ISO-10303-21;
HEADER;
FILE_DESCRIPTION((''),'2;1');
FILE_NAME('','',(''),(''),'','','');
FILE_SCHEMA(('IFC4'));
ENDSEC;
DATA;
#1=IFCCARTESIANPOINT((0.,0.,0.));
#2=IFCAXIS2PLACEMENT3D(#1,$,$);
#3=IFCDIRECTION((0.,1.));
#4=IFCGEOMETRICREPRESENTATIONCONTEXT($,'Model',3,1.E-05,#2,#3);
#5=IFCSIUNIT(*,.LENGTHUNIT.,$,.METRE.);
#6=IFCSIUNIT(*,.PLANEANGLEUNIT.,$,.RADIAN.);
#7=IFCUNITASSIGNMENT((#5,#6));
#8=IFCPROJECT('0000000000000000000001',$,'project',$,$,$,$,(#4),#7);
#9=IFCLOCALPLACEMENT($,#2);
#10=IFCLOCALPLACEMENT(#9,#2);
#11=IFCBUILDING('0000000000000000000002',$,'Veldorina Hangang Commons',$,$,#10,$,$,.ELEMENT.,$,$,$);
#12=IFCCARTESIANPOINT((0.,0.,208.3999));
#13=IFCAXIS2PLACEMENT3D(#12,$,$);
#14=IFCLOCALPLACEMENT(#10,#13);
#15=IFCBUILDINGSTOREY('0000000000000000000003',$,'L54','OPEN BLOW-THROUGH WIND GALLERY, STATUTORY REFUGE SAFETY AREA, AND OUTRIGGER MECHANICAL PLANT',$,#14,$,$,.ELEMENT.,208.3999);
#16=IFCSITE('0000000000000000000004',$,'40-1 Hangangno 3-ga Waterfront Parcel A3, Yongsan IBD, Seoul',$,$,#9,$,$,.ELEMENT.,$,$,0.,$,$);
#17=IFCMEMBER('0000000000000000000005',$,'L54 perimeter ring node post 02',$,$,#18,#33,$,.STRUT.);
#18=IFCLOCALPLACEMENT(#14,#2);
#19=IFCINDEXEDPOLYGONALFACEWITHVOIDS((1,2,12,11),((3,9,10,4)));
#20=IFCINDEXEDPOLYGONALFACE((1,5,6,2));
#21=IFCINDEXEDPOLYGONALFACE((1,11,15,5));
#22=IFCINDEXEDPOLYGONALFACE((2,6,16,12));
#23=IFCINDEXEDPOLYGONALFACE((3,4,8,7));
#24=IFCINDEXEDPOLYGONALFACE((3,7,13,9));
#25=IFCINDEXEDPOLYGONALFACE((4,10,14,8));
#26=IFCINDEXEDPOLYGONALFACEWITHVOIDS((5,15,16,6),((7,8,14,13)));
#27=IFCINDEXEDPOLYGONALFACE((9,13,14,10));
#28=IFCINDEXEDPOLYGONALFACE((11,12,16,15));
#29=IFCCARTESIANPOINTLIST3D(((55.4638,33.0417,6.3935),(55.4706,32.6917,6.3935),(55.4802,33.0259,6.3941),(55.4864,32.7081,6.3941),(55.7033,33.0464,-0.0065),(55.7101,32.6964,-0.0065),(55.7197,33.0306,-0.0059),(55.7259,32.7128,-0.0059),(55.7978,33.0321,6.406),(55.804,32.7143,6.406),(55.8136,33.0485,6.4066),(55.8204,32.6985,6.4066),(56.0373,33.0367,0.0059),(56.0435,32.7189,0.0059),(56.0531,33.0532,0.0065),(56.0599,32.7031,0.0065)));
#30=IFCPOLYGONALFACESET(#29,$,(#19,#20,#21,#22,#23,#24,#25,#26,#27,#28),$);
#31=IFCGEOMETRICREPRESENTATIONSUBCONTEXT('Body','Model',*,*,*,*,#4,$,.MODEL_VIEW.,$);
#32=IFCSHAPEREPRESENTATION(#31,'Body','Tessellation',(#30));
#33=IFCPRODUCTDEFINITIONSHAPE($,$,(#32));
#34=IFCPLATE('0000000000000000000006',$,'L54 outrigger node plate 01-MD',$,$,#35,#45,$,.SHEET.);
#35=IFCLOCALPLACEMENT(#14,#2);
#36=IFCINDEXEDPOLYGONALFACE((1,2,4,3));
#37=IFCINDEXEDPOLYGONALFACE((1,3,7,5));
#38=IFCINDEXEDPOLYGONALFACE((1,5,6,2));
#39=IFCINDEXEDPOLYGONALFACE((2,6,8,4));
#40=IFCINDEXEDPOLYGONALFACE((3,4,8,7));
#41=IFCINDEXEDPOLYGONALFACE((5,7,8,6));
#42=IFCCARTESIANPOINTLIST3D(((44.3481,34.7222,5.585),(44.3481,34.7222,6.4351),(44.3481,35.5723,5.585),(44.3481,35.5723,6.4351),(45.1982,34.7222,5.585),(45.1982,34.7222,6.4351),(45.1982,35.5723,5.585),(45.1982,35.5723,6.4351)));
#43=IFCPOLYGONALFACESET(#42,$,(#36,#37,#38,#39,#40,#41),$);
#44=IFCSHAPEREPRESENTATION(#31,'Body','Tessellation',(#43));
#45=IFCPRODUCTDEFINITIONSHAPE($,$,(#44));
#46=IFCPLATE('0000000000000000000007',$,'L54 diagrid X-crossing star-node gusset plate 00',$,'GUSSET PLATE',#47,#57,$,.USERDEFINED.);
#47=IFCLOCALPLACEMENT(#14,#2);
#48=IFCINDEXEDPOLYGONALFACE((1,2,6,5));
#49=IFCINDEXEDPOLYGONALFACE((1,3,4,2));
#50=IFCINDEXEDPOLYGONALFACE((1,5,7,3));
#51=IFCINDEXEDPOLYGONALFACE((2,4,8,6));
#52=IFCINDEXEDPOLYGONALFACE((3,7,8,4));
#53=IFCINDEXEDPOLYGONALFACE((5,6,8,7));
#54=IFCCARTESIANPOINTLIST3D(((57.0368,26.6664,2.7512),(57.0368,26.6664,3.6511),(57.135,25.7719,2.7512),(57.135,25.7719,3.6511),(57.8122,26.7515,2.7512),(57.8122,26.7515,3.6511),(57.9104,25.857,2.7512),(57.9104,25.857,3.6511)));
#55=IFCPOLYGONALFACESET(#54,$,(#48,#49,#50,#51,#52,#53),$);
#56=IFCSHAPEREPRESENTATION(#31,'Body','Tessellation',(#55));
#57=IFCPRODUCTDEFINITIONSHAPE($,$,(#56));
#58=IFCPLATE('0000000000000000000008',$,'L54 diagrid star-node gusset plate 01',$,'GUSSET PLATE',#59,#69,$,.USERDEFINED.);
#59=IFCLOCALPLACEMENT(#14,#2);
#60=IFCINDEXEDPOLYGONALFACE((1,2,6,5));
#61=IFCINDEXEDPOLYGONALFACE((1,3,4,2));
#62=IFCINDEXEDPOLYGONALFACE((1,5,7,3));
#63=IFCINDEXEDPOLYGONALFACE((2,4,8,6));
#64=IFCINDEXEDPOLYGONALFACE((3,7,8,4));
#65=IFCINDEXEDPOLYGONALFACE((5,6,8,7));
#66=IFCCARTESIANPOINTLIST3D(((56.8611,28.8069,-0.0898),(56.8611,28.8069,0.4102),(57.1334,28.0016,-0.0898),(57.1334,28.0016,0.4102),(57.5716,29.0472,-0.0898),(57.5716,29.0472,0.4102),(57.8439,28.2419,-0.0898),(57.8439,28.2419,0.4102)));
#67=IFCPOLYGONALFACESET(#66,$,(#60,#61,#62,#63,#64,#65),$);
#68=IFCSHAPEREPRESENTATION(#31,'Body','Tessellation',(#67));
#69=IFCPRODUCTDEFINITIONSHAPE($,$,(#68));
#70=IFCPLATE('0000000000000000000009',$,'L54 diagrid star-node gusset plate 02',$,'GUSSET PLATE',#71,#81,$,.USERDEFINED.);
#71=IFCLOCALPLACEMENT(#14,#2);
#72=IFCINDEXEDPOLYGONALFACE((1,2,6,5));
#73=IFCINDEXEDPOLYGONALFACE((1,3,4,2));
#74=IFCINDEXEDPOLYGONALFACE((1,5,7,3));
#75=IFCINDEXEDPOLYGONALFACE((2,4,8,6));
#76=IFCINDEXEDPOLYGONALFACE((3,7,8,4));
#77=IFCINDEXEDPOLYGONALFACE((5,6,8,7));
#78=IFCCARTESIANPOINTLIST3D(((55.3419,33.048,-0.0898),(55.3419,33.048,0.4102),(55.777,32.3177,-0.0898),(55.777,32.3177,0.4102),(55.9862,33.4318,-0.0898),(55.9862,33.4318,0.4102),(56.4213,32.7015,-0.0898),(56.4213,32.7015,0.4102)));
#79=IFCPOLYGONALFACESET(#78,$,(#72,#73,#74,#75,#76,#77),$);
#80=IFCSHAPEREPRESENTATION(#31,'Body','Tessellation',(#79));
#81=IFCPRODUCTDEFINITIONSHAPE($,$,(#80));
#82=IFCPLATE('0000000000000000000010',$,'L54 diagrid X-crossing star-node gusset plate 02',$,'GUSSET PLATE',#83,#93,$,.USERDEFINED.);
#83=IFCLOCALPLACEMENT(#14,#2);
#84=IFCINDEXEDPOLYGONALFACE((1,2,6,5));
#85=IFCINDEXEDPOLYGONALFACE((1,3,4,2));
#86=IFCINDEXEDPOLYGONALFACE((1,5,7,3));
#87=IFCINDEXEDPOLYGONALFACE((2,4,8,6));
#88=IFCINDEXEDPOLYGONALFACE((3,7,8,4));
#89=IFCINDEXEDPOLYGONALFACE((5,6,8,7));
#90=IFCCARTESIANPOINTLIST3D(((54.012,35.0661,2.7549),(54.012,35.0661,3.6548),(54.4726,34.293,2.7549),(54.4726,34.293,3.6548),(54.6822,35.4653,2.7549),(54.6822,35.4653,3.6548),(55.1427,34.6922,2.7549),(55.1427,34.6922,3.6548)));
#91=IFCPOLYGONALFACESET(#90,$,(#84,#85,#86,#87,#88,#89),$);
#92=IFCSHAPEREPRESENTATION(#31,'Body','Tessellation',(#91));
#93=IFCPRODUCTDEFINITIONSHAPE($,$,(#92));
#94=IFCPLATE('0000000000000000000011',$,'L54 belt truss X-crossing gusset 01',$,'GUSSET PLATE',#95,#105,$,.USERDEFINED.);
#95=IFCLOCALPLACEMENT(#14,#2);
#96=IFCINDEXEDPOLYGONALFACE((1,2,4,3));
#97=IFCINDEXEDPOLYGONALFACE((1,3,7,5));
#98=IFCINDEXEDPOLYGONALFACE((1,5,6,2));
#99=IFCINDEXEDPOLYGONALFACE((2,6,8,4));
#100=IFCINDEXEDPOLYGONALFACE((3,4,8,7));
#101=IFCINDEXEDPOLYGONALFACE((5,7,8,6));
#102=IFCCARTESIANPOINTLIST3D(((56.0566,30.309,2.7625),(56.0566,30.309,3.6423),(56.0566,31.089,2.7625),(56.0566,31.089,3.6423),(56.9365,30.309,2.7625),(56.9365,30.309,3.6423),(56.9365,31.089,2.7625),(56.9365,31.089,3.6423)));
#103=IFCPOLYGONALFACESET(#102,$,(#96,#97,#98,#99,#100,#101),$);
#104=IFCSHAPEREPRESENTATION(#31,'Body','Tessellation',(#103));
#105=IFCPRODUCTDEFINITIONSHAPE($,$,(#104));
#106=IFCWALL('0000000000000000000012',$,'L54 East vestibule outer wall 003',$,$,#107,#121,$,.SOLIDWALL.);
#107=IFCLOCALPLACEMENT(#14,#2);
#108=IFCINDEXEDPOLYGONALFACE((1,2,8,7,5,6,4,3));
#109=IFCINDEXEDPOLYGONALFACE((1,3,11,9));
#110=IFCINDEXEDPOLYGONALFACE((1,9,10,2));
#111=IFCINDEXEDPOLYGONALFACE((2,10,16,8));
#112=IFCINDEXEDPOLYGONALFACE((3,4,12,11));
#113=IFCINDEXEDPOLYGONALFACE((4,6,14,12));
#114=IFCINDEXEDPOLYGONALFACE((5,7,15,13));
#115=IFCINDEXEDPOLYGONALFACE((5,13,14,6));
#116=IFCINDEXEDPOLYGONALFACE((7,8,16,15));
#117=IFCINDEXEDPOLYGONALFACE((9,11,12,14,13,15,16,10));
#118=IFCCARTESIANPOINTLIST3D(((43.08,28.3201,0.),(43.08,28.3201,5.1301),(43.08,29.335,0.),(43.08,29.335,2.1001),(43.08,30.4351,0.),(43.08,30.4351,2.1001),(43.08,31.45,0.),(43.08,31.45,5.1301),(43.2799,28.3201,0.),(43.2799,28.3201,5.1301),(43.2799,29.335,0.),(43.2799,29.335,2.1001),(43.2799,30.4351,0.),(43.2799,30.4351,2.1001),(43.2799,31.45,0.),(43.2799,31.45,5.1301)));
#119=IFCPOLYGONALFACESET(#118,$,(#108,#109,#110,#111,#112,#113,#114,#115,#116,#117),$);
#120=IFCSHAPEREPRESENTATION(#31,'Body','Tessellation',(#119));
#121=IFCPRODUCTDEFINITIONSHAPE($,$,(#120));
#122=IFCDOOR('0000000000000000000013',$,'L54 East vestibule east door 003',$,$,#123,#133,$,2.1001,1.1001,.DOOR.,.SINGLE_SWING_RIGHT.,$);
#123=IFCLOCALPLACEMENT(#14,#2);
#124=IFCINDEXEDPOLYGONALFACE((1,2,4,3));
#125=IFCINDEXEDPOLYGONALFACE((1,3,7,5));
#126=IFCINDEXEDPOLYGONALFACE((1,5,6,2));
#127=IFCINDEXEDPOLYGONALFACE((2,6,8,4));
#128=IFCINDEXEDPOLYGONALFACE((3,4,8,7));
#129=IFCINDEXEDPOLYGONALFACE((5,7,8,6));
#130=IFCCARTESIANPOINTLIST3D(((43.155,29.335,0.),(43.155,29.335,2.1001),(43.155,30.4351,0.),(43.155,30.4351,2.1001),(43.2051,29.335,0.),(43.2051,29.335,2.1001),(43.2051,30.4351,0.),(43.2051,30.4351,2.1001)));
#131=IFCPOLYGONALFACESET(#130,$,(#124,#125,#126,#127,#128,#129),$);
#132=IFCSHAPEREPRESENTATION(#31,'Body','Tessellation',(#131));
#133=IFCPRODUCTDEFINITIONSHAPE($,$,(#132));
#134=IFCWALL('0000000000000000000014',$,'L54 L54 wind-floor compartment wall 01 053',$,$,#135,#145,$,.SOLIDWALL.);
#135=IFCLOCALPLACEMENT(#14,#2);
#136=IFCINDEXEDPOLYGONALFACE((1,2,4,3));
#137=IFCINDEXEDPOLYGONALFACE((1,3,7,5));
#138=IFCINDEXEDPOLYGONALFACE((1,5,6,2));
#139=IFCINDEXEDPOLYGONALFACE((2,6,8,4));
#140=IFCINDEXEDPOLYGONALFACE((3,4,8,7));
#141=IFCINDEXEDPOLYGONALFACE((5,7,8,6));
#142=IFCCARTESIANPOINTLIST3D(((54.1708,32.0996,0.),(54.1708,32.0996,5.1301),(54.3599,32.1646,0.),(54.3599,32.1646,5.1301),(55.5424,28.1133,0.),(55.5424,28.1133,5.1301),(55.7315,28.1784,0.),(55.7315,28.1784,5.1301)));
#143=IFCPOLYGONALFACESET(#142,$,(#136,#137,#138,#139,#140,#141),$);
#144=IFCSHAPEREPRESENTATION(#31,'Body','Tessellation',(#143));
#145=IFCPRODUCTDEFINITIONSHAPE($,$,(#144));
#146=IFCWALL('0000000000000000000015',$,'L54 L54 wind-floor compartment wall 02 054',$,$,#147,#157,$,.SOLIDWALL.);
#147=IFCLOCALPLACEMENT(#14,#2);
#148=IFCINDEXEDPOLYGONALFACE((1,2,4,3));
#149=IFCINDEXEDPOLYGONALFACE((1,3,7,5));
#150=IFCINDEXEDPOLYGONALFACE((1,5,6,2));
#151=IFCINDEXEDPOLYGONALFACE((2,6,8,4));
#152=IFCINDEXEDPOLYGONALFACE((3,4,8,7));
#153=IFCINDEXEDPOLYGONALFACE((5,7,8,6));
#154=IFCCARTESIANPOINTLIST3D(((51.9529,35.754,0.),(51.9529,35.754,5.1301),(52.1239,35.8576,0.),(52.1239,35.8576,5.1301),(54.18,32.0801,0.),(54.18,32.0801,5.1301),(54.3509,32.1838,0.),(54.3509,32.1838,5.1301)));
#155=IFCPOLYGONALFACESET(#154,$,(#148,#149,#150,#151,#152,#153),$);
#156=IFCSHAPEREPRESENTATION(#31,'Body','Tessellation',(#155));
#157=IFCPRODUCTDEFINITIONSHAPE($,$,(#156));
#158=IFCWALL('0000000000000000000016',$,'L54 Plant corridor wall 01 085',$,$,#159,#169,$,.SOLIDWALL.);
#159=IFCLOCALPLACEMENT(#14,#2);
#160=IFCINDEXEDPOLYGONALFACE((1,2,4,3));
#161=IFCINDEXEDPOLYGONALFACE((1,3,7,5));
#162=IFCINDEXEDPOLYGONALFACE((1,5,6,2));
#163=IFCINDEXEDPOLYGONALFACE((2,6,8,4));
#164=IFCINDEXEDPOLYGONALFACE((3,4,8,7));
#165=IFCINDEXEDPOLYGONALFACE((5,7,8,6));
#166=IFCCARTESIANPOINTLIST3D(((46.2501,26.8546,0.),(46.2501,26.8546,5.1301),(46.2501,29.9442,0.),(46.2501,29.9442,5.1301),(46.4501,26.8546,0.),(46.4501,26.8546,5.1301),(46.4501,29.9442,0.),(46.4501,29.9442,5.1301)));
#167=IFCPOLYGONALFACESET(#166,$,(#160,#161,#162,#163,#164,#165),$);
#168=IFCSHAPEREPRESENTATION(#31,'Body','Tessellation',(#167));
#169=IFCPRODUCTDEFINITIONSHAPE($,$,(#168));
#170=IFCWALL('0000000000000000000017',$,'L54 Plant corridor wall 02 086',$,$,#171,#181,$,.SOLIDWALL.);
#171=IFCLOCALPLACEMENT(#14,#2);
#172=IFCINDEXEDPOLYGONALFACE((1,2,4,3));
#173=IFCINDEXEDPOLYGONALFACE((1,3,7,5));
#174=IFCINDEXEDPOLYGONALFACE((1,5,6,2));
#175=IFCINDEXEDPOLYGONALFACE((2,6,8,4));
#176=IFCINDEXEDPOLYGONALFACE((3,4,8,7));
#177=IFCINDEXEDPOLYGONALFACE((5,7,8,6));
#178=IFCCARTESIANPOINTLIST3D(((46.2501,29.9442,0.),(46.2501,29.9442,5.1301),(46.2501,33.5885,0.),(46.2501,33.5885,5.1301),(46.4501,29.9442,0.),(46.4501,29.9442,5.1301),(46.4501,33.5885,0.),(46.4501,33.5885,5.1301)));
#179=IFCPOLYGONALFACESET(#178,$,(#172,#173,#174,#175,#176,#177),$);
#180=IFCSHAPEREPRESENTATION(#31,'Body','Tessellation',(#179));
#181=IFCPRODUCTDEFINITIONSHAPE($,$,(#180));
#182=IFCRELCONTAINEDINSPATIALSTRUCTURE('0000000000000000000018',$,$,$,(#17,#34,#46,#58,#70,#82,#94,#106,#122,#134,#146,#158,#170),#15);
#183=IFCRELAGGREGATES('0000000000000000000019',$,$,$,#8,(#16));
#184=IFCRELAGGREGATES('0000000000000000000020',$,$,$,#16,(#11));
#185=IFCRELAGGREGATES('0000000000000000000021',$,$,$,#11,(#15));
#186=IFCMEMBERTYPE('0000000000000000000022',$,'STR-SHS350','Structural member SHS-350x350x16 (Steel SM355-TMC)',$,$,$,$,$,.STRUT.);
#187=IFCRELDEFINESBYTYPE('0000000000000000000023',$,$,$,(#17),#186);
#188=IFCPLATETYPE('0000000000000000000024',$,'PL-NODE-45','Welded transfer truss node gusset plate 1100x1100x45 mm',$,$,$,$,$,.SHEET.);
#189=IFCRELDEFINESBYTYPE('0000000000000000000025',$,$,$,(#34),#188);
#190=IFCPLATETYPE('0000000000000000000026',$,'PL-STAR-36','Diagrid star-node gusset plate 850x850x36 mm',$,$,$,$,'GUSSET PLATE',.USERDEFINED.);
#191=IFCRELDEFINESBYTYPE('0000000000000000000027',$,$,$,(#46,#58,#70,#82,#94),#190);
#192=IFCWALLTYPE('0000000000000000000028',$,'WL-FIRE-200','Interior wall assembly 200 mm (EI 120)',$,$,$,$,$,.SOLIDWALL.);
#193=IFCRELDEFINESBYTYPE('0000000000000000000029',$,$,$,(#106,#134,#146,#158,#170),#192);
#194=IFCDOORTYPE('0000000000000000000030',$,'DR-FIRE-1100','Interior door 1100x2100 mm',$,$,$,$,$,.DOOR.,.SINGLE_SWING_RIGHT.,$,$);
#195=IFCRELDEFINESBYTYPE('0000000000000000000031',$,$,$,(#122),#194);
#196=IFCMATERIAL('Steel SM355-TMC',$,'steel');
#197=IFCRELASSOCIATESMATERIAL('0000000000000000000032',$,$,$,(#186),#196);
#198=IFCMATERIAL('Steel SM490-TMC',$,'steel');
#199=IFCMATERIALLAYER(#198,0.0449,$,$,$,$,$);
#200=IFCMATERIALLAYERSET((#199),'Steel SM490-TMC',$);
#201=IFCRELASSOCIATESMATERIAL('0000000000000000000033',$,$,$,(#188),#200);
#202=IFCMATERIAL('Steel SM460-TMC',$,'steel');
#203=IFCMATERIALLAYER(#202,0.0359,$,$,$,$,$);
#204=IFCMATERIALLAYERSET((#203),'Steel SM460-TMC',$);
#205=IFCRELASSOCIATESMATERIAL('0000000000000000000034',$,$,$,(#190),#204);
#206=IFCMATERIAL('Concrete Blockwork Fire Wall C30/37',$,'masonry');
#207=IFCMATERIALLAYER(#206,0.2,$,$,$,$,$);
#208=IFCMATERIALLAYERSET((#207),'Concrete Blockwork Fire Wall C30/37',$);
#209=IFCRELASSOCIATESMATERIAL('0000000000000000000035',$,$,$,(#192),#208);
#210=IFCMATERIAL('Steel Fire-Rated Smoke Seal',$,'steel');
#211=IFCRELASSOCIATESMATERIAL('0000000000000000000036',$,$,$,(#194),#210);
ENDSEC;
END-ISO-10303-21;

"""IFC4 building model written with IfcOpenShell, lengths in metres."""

from ifc_helpers import new_model, si_unit, direction, frame, frame_2d, origin, origin_2d, place, context, subcontext, project, spatial, rectangle, hollow_rectangle, extrude, material, layer, layer_set, material_profile, profile_set, type_object, element, fill, save


model = new_model("IFC4")

# Units and contexts
model_context = context("Model", 3, precision=1e-05, world=origin(), true_north=direction((0.0, 1.0)))
body_context = subcontext(model_context, "Body", "Model", "MODEL_VIEW")
ifc_project = project(units=[si_unit("LENGTHUNIT", "METRE"), si_unit("PLANEANGLEUNIT", "RADIAN")], contexts=[model_context])

# Site, building, storey
site_placement = place(None, origin())
site = spatial("IfcSite", under=ifc_project, at=site_placement, Name="40-1 Hangangno 3-ga Waterfront Parcel A3, Yongsan IBD, Seoul", CompositionType="ELEMENT", RefElevation=0.0)
building_placement = place(site_placement, origin())
building = spatial("IfcBuilding", under=site, at=building_placement, Name="Veldorina Hangang Commons", CompositionType="ELEMENT")
storey_placement = place(building_placement, frame((0.0, 0.0, 208.3999)))
storey = spatial("IfcBuildingStorey", under=building, at=storey_placement, Name="L54", Description="OPEN BLOW-THROUGH WIND GALLERY, STATUTORY REFUGE SAFETY AREA, AND OUTRIGGER MECHANICAL PLANT", CompositionType="ELEMENT", Elevation=208.3999)

# Shared definitions
ifc_material_1 = material(Name="Steel SM460-TMC", Category="steel")

# Member
ifc_material_2 = material(Name="Steel SM355-TMC", Category="steel")
ifc_material_profile_1 = material_profile(ifc_material_2, hollow_rectangle(XDim=0.3501, YDim=0.3501, WallThickness=0.0161, at=origin_2d()), Name="SHS-350x350x16")
ifc_profile_set_1 = profile_set([ifc_material_profile_1], Name="Steel SM355-TMC")
member_type_1 = type_object("IfcMemberType", Name="STR-SHS350", Description="Structural member SHS-350x350x16 (Steel SM355-TMC)", PredefinedType="STRUT", material=ifc_profile_set_1)
member_1_placement = place(storey_placement, frame((55.8816, 32.8748, 0.0), z_axis=(-0.037395, -0.000724, 0.9993), x_axis=(0.019364, -0.999812, 0.0)))
element("IfcMember", 1, at=member_1_placement, inside=storey, type_object=member_type_1, Name="L54 perimeter ring node post 02", PredefinedType="STRUT", context=body_context, shape_type="SweptSolid", body=[
    extrude(hollow_rectangle(XDim=0.3501, YDim=0.3501, WallThickness=0.0161, at=origin_2d()), origin(), (0.0, 0.0, 1.0), 6.4045),
])

# Plates
ifc_material_3 = material(Name="Steel SM490-TMC", Category="steel")
ifc_layer_1 = layer(ifc_material_3, 0.0449)
ifc_layer_set_1 = layer_set([ifc_layer_1], Name="Steel SM490-TMC")
plate_type_1 = type_object("IfcPlateType", Name="PL-NODE-45", Description="Welded transfer truss node gusset plate 1100x1100x45 mm", PredefinedType="SHEET", material=ifc_layer_set_1)
plate_1_placement = place(storey_placement, frame((44.7732, 35.1472, 5.585), z_axis=(0.0, 0.0, 1.0), x_axis=(1.0, 0.0, 0.0)))
element("IfcPlate", 2, at=plate_1_placement, inside=storey, type_object=plate_type_1, Name="L54 outrigger node plate 01-MD", PredefinedType="SHEET", context=body_context, shape_type="SweptSolid", body=[
    extrude(rectangle(XDim=0.8501, YDim=0.8501, at=origin_2d()), origin(), (0.0, 0.0, 1.0), 0.8501),
])
ifc_layer_2 = layer(ifc_material_1, 0.0359)
ifc_layer_set_2 = layer_set([ifc_layer_2], Name="Steel SM460-TMC")
plate_type_2 = type_object("IfcPlateType", Name="PL-STAR-36", Description="Diagrid star-node gusset plate 850x850x36 mm", ElementType="GUSSET PLATE", PredefinedType="USERDEFINED", material=ifc_layer_set_2)
plate_2_placement = place(storey_placement, frame((57.4736, 26.2617, 2.7512), z_axis=(0.0, 0.0, 1.0), x_axis=(-0.109127, 0.994028, 0.0)))
element("IfcPlate", 3, at=plate_2_placement, inside=storey, type_object=plate_type_2, Name="L54 diagrid X-crossing star-node gusset plate 00", ObjectType="GUSSET PLATE", PredefinedType="USERDEFINED", context=body_context, shape_type="SweptSolid", body=[
    extrude(rectangle(XDim=0.8999, YDim=0.78, at=origin_2d()), origin(), (0.0, 0.0, 1.0), 0.8999),
])
for number, where, z_axis, x_axis, name in (
    (4, (57.3525, 28.5244, -0.0898), (0.0, 0.0, 1.0), (-0.320315, 0.947311, 0.0), "L54 diagrid star-node gusset plate 01"),
    (5, (55.8816, 32.8748, -0.0898), (0.0, 0.0, 1.0), (-0.511818, 0.859094, 0.0), "L54 diagrid star-node gusset plate 02"),
):
    element("IfcPlate", number, at=place(storey_placement, frame(where, z_axis=z_axis, x_axis=x_axis)), inside=storey, type_object=plate_type_2, Name=name, ObjectType="GUSSET PLATE", PredefinedType="USERDEFINED", context=body_context, shape_type="SweptSolid", body=[
        extrude(rectangle(XDim=0.8501, YDim=0.75, at=origin_2d()), origin(), (0.0, 0.0, 1.0), 0.5),
    ])
plate_3_placement = place(storey_placement, frame((54.5774, 34.8792, 2.7549), z_axis=(0.0, 0.0, 1.0), x_axis=(-0.511818, 0.859094, 0.0)))
element("IfcPlate", 6, at=plate_3_placement, inside=storey, type_object=plate_type_2, Name="L54 diagrid X-crossing star-node gusset plate 02", ObjectType="GUSSET PLATE", PredefinedType="USERDEFINED", context=body_context, shape_type="SweptSolid", body=[
    extrude(rectangle(XDim=0.8999, YDim=0.78, at=origin_2d()), origin(), (0.0, 0.0, 1.0), 0.8999),
])
plate_4_placement = place(storey_placement, frame((56.4966, 30.699, 2.7625), z_axis=(0.0, 0.0, 1.0), x_axis=(1.0, 0.0, 0.0)))
element("IfcPlate", 7, at=plate_4_placement, inside=storey, type_object=plate_type_2, Name="L54 belt truss X-crossing gusset 01", ObjectType="GUSSET PLATE", PredefinedType="USERDEFINED", context=body_context, shape_type="SweptSolid", body=[
    extrude(rectangle(XDim=0.8799, YDim=0.78, at=origin_2d()), origin(), (0.0, 0.0, 1.0), 0.8799),
])

# Wall, opening, door
ifc_material_4 = material(Name="Concrete Blockwork Fire Wall C30/37", Category="masonry")
ifc_layer_3 = layer(ifc_material_4, 0.2)
ifc_layer_set_3 = layer_set([ifc_layer_3], Name="Concrete Blockwork Fire Wall C30/37")
wall_type = type_object("IfcWallType", Name="WL-FIRE-200", Description="Interior wall assembly 200 mm (EI 120)", PredefinedType="SOLIDWALL", material=ifc_layer_set_3)
wall_1_placement = place(storey_placement, frame((43.1799, 28.3201, 0.0), z_axis=(0.0, 0.0, 1.0), x_axis=(0.0, 1.0, 0.0)))
wall_1 = element("IfcWall", 8, at=wall_1_placement, inside=storey, type_object=wall_type, Name="L54 East vestibule outer wall 003", PredefinedType="SOLIDWALL", context=body_context, shape_type="SweptSolid", body=[
    extrude(rectangle(XDim=3.1299, YDim=0.2, at=frame_2d((1.5649, 0.0))), origin(), (0.0, 0.0, 1.0), 5.1301),
])
opening_1_placement = place(wall_1_placement, frame((1.0149, 0.0, 0.0)))
opening_1 = element("IfcOpeningElement", 9, at=opening_1_placement, cuts=wall_1, PredefinedType="OPENING", context=body_context, shape_type="SweptSolid", body=[
    extrude(rectangle(XDim=1.1001, YDim=2.1001, at=frame_2d((0.55, 1.05))), frame((0.0, 0.1099, 0.0), z_axis=(0.0, -1.0, 0.0), x_axis=(1.0, 0.0, 0.0)), (0.0, 0.0, 1.0), 0.22),
])
ifc_material_5 = material(Name="Steel Fire-Rated Smoke Seal", Category="steel")
door_type_1 = type_object("IfcDoorType", Name="DR-FIRE-1100", Description="Interior door 1100x2100 mm", OperationType="SINGLE_SWING_RIGHT", PredefinedType="DOOR", material=ifc_material_5)
door_1_placement = place(opening_1_placement, origin())
door_1 = element("IfcDoor", 10, at=door_1_placement, inside=storey, type_object=door_type_1, Name="L54 East vestibule east door 003", OperationType="SINGLE_SWING_RIGHT", OverallHeight=2.1001, OverallWidth=1.1001, PredefinedType="DOOR", context=body_context, shape_type="SweptSolid", body=[
    extrude(rectangle(XDim=1.1001, YDim=2.1001, at=frame_2d((0.55, 1.05))), frame((0.0, 0.0249, 0.0), z_axis=(0.0, -1.0, 0.0), x_axis=(1.0, 0.0, 0.0)), (0.0, 0.0, 1.0), 0.05),
])
fill(opening_1, door_1)

# Walls
wall_2_placement = place(storey_placement, frame((55.637, 28.1458, 0.0), z_axis=(0.0, 0.0, 1.0), x_axis=(-0.325352, 0.945593, 0.0)))
element("IfcWall", 11, at=wall_2_placement, inside=storey, type_object=wall_type, Name="L54 L54 wind-floor compartment wall 01 053", PredefinedType="SOLIDWALL", context=body_context, shape_type="SweptSolid", body=[
    extrude(rectangle(XDim=4.2156, YDim=0.2, at=frame_2d((2.1079, 0.0))), origin(), (0.0, 0.0, 1.0), 5.1301),
])
wall_3_placement = place(storey_placement, frame((54.2654, 32.1321, 0.0), z_axis=(0.0, 0.0, 1.0), x_axis=(-0.518385, 0.855147, 0.0)))
element("IfcWall", 12, at=wall_3_placement, inside=storey, type_object=wall_type, Name="L54 L54 wind-floor compartment wall 02 054", PredefinedType="SOLIDWALL", context=body_context, shape_type="SweptSolid", body=[
    extrude(rectangle(XDim=4.2961, YDim=0.2, at=frame_2d((2.1479, 0.0))), origin(), (0.0, 0.0, 1.0), 5.1301),
])
wall_4_placement = place(storey_placement, frame((46.3501, 26.8545, 0.0), z_axis=(0.0, 0.0, 1.0), x_axis=(0.0, 1.0, 0.0)))
element("IfcWall", 13, at=wall_4_placement, inside=storey, type_object=wall_type, Name="L54 Plant corridor wall 01 085", PredefinedType="SOLIDWALL", context=body_context, shape_type="SweptSolid", body=[
    extrude(rectangle(XDim=3.0896, YDim=0.2, at=frame_2d((1.5449, 0.0))), origin(), (0.0, 0.0, 1.0), 5.1301),
])
wall_5_placement = place(storey_placement, frame((46.3501, 29.9441, 0.0), z_axis=(0.0, 0.0, 1.0), x_axis=(0.0, 1.0, 0.0)))
element("IfcWall", 14, at=wall_5_placement, inside=storey, type_object=wall_type, Name="L54 Plant corridor wall 02 086", PredefinedType="SOLIDWALL", context=body_context, shape_type="SweptSolid", body=[
    extrude(rectangle(XDim=3.6443, YDim=0.2, at=frame_2d((1.8223, 0.0))), origin(), (0.0, 0.0, 1.0), 5.1301),
])

save(model, "model.ifc")
